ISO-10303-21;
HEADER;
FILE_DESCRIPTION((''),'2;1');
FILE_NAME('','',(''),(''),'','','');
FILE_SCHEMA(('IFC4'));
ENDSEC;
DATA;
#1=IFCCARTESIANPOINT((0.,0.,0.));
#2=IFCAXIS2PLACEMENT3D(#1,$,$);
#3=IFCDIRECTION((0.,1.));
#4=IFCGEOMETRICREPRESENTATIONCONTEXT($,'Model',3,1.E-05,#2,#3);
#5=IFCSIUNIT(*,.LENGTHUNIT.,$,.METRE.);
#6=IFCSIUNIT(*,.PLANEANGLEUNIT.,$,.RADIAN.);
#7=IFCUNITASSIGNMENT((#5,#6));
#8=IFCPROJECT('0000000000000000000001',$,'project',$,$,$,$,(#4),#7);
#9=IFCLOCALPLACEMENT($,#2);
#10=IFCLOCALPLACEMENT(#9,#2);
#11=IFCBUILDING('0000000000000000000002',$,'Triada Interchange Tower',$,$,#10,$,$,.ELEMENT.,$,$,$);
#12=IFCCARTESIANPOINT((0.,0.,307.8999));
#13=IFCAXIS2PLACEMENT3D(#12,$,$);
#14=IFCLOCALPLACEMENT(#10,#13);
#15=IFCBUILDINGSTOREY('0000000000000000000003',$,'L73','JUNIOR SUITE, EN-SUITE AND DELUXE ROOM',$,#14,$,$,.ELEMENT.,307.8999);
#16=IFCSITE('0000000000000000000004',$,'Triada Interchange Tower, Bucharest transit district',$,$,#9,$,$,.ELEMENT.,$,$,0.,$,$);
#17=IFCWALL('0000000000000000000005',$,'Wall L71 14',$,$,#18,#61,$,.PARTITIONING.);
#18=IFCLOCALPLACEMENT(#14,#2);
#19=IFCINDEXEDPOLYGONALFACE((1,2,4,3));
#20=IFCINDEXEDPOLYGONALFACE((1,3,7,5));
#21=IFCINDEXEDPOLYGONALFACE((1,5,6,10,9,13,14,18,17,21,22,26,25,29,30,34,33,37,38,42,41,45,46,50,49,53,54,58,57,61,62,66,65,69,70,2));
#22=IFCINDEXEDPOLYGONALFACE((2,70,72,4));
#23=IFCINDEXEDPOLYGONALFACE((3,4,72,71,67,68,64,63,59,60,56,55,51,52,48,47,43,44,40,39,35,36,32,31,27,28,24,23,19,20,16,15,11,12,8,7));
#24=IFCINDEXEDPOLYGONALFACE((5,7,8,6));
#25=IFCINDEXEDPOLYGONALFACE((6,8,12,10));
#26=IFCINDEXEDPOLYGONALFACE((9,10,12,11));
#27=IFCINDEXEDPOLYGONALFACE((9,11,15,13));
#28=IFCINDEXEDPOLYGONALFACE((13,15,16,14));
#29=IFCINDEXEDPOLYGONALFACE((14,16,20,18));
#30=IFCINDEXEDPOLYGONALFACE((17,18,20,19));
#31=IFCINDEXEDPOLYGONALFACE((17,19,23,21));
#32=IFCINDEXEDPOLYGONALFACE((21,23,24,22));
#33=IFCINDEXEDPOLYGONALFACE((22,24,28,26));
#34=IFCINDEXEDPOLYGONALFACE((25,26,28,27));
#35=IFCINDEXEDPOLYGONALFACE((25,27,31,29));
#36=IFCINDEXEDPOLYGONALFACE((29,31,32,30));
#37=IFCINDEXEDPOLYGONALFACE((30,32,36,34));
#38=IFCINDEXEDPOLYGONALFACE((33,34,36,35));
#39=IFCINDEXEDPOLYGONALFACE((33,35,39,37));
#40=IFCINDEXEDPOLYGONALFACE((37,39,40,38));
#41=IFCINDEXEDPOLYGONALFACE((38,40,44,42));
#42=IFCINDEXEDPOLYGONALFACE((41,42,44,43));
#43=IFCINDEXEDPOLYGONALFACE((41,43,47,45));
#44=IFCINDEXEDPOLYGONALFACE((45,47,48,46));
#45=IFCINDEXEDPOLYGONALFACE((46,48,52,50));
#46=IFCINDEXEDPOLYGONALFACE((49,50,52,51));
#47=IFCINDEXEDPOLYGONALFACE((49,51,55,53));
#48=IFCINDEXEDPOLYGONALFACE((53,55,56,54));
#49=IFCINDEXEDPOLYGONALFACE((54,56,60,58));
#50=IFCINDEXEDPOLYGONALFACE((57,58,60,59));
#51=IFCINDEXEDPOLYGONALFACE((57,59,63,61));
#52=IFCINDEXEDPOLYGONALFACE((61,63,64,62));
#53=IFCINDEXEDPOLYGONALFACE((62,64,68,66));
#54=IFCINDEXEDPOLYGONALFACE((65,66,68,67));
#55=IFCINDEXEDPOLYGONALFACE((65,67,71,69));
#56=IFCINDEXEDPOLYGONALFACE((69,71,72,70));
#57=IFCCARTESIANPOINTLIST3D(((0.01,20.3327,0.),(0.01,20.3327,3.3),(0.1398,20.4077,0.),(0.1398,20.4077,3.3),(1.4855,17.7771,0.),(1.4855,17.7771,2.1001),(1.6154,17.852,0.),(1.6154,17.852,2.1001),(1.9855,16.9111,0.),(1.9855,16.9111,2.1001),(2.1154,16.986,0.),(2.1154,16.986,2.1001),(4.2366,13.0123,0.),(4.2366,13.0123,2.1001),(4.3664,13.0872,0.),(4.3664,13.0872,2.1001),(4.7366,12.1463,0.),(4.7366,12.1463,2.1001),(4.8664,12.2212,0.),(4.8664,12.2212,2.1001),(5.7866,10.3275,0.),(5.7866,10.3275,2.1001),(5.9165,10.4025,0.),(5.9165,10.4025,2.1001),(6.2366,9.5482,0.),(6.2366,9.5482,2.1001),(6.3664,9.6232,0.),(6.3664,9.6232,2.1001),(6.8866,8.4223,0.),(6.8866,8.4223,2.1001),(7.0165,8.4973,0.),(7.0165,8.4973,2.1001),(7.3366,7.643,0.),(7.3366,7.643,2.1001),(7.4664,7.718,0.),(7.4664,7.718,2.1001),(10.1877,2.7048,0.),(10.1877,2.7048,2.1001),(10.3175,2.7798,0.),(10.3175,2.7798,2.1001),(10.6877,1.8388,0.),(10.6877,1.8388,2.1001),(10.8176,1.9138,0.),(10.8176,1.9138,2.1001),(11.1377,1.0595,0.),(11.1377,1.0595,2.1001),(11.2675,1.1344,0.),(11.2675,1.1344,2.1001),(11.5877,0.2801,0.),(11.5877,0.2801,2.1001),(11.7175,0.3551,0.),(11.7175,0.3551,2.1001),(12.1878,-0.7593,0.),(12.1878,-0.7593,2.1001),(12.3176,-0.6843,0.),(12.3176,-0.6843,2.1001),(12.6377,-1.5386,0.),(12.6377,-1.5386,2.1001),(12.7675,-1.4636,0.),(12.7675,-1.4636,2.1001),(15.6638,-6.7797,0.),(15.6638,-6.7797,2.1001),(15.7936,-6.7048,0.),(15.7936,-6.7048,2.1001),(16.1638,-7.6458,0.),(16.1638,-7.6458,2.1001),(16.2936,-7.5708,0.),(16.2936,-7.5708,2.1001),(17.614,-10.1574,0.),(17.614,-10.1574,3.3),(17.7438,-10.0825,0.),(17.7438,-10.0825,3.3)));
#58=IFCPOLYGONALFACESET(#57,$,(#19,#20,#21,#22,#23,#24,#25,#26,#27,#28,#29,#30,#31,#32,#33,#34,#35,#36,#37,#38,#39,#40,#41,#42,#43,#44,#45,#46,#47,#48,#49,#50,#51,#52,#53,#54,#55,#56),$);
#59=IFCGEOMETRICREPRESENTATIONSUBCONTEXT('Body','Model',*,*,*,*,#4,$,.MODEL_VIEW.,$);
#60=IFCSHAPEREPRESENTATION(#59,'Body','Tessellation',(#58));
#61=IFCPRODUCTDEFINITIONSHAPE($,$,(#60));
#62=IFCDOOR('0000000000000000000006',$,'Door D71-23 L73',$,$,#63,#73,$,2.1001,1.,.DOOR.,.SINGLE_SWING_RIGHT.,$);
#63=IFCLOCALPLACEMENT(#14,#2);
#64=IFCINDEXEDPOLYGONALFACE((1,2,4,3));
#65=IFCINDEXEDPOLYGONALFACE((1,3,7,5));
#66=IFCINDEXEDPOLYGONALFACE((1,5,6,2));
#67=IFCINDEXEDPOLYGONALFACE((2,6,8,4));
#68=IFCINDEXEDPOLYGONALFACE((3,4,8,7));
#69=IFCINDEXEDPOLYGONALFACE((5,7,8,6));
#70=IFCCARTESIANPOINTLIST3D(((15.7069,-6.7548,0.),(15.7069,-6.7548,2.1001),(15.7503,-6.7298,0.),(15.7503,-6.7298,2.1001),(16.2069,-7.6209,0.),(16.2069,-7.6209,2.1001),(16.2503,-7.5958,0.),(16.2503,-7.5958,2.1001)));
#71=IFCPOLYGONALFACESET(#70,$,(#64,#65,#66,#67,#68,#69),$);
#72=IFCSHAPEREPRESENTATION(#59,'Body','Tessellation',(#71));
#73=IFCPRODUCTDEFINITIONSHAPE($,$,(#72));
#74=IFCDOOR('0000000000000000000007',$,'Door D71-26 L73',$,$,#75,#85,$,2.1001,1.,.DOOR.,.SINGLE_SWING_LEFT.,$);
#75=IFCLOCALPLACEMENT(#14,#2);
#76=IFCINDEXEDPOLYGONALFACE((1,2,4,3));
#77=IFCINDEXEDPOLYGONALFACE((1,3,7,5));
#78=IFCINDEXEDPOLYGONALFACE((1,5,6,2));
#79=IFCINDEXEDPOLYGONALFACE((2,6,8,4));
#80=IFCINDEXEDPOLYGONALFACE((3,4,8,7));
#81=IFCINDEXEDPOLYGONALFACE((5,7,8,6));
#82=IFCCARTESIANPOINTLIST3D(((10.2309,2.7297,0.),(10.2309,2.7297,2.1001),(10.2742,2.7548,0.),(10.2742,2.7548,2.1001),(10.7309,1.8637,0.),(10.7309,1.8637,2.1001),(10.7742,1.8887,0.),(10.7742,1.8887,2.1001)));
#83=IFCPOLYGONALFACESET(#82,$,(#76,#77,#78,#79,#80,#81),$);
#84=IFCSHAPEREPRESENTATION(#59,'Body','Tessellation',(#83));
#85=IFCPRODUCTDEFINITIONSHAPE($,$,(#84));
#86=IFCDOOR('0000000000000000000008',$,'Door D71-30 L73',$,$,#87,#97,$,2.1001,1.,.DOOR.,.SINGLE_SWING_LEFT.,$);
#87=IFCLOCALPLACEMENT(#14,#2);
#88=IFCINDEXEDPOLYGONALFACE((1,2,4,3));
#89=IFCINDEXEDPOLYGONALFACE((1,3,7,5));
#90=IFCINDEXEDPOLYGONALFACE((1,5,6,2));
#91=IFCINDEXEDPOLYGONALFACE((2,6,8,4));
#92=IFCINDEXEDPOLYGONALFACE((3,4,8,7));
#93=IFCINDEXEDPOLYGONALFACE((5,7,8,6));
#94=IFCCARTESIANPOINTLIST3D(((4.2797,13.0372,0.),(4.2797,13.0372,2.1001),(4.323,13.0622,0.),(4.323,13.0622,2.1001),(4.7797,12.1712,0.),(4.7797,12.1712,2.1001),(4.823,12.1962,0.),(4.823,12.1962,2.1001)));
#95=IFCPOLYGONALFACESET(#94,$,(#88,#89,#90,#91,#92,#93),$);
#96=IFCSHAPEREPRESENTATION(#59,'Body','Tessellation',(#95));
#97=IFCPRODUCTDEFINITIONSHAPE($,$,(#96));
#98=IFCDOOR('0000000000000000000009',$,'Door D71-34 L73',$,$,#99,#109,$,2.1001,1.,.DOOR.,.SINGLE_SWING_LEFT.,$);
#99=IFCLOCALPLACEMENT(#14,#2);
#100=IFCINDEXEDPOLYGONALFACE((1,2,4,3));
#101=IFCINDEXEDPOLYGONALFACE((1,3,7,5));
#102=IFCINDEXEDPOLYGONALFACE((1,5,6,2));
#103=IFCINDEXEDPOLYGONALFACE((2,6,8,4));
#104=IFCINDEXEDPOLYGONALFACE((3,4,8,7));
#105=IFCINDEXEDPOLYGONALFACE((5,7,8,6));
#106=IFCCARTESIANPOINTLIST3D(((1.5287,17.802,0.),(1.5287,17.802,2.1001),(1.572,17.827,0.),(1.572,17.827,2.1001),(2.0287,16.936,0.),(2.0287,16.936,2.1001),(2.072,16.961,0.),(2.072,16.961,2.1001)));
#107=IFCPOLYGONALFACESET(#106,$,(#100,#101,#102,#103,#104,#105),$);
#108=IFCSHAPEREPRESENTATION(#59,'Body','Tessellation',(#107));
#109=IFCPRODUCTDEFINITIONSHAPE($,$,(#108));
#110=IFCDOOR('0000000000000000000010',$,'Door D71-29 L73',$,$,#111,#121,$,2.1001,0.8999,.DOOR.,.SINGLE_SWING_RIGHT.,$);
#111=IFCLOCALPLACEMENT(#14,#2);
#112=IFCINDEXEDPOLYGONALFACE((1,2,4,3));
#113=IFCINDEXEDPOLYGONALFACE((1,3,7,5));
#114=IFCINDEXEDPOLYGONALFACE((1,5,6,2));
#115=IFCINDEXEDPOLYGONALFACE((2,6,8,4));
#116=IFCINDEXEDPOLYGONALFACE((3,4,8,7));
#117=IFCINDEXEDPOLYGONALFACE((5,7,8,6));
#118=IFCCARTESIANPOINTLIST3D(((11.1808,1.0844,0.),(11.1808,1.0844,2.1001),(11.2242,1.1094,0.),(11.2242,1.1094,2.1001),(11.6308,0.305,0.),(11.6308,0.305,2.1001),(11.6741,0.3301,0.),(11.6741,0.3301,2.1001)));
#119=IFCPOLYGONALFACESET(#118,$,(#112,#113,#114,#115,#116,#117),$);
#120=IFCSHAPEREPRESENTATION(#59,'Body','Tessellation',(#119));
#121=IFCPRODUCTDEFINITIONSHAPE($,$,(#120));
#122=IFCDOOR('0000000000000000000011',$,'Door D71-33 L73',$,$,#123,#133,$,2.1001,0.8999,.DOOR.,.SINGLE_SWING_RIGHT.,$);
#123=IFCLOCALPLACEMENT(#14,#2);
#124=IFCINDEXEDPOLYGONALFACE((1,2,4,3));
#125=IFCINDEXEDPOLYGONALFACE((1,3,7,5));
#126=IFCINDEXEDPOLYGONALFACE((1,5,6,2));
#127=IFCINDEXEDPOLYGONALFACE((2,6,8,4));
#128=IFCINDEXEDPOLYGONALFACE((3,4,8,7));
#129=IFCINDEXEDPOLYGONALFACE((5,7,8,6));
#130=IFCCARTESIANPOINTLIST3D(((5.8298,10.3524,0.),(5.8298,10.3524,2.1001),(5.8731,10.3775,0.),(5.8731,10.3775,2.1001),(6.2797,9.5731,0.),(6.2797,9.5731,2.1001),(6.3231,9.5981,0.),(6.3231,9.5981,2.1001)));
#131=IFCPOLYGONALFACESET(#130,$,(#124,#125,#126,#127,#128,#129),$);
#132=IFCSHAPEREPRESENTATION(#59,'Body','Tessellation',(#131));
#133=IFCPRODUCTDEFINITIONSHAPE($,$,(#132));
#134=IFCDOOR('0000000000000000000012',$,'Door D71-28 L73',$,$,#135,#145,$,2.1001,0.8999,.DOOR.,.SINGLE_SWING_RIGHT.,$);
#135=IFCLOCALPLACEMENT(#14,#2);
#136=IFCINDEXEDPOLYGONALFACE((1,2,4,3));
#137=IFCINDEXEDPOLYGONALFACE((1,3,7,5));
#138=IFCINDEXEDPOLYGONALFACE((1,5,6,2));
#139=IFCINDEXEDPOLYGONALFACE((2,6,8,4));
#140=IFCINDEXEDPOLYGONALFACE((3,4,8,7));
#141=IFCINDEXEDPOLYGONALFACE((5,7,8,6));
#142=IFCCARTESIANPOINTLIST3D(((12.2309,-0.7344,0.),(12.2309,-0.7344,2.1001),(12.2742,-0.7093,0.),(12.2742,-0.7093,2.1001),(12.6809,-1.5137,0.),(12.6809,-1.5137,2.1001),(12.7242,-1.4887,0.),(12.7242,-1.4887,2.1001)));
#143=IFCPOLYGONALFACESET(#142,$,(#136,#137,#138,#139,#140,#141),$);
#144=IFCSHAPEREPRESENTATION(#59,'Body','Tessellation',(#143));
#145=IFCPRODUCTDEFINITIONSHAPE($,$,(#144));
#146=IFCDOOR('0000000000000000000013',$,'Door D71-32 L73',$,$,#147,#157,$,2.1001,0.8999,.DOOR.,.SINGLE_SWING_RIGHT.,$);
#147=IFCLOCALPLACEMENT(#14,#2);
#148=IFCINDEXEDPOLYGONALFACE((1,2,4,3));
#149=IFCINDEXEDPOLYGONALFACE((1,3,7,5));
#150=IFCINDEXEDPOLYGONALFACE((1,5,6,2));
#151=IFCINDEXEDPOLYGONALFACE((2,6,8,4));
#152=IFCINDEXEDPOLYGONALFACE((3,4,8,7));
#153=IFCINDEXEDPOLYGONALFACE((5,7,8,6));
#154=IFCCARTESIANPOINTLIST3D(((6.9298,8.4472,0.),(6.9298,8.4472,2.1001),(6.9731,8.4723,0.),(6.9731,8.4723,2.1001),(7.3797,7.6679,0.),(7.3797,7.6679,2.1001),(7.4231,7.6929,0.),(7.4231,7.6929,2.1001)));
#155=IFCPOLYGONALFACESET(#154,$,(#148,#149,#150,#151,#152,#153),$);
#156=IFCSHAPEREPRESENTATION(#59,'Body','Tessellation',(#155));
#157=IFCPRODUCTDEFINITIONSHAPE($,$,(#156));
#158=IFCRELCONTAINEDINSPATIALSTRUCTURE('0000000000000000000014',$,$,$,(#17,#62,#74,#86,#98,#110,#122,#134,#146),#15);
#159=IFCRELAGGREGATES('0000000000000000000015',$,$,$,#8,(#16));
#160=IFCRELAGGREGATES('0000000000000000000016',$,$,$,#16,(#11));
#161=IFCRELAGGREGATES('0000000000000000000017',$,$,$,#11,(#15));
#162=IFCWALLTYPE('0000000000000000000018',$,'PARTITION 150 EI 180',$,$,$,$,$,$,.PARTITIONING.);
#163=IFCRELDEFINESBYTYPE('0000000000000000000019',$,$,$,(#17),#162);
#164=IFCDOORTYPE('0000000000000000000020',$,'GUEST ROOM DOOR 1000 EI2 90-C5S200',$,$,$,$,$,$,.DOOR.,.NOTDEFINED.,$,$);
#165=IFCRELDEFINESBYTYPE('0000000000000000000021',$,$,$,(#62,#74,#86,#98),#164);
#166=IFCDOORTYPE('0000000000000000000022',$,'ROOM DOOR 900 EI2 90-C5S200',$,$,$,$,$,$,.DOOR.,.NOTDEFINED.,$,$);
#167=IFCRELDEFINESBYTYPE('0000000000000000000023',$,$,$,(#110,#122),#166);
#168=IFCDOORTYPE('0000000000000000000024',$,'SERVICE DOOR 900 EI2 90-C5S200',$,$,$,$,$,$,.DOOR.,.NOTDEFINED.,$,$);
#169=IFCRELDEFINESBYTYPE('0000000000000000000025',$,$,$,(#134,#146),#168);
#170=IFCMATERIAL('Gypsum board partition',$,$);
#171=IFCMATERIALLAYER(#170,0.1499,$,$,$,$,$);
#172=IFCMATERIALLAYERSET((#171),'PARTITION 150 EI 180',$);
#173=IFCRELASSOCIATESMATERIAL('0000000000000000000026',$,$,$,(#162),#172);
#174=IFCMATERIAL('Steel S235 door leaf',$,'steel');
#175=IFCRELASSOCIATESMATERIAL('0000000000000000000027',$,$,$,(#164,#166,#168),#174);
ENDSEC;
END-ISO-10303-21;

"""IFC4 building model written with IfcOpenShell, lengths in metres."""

from ifc_helpers import new_model, si_unit, direction, frame, frame_2d, origin, place, context, subcontext, project, spatial, rectangle, extrude, material, layer, layer_set, type_object, element, fill, save


model = new_model("IFC4")

# Units and contexts
model_context = context("Model", 3, precision=1e-05, world=origin(), true_north=direction((0.0, 1.0)))
body_context = subcontext(model_context, "Body", "Model", "MODEL_VIEW")
ifc_project = project(units=[si_unit("LENGTHUNIT", "METRE"), si_unit("PLANEANGLEUNIT", "RADIAN")], contexts=[model_context])

# Site, building, storey
site_placement = place(None, origin())
site = spatial("IfcSite", under=ifc_project, at=site_placement, Name="Triada Interchange Tower, Bucharest transit district", CompositionType="ELEMENT", RefElevation=0.0)
building_placement = place(site_placement, origin())
building = spatial("IfcBuilding", under=site, at=building_placement, Name="Triada Interchange Tower", CompositionType="ELEMENT")
storey_placement = place(building_placement, frame((0.0, 0.0, 307.8999)))
storey = spatial("IfcBuildingStorey", under=building, at=storey_placement, Name="L73", Description="JUNIOR SUITE, EN-SUITE AND DELUXE ROOM", CompositionType="ELEMENT", Elevation=307.8999)

# Shared definitions
ifc_material_1 = material(Name="Gypsum board partition")
ifc_layer_1 = layer(ifc_material_1, 0.1499)
ifc_layer_set_1 = layer_set([ifc_layer_1], Name="PARTITION 150 EI 180")
wall_type_1 = type_object("IfcWallType", Name="PARTITION 150 EI 180", PredefinedType="PARTITIONING", material=ifc_layer_set_1)

# Wall, openings, doors
wall_1_placement = place(storey_placement, frame((0.075, 20.3701, 0.0), z_axis=(0.0, 0.0, 1.0), x_axis=(0.50001, -0.86602, 0.0)))
wall_1 = element("IfcWall", 1, at=wall_1_placement, inside=storey, type_object=wall_type_1, Name="Wall L71 14", PredefinedType="PARTITIONING", context=body_context, shape_type="SweptSolid", body=[
    extrude(rectangle(XDim=35.2073, YDim=0.1499, at=frame_2d((17.6035, 0.0))), origin(), (0.0, 0.0, 1.0), 3.3),
])
opening_1_placement = place(wall_1_placement, frame((31.3069, 0.0, 0.0)))
opening_1 = element("IfcOpeningElement", 2, at=opening_1_placement, cuts=wall_1, PredefinedType="OPENING", context=body_context, shape_type="SweptSolid", body=[
    extrude(rectangle(XDim=1.0, YDim=2.1001, at=frame_2d((0.5, 1.05))), frame((0.0, 0.085, 0.0), z_axis=(0.0, -1.0, 0.0), x_axis=(1.0, 0.0, 0.0)), (0.0, 0.0, 1.0), 0.1699),
])
opening_2_placement = place(wall_1_placement, frame((20.355, 0.0, 0.0)))
opening_2 = element("IfcOpeningElement", 3, at=opening_2_placement, cuts=wall_1, PredefinedType="OPENING", context=body_context, shape_type="SweptSolid", body=[
    extrude(rectangle(XDim=1.0, YDim=2.1001, at=frame_2d((0.5, 1.05))), frame((0.0, 0.085, 0.0), z_axis=(0.0, -1.0, 0.0), x_axis=(1.0, 0.0, 0.0)), (0.0, 0.0, 1.0), 0.1699),
])
opening_3_placement = place(wall_1_placement, frame((24.355, 0.0, 0.0)))
opening_3 = element("IfcOpeningElement", 4, at=opening_3_placement, cuts=wall_1, PredefinedType="OPENING", context=body_context, shape_type="SweptSolid", body=[
    extrude(rectangle(XDim=0.8999, YDim=2.1001, at=frame_2d((0.45, 1.05))), frame((0.0, 0.085, 0.0), z_axis=(0.0, -1.0, 0.0), x_axis=(1.0, 0.0, 0.0)), (0.0, 0.0, 1.0), 0.1699),
])
opening_4_placement = place(wall_1_placement, frame((22.2549, 0.0, 0.0)))
opening_4 = element("IfcOpeningElement", 5, at=opening_4_placement, cuts=wall_1, PredefinedType="OPENING", context=body_context, shape_type="SweptSolid", body=[
    extrude(rectangle(XDim=0.8999, YDim=2.1001, at=frame_2d((0.45, 1.05))), frame((0.0, 0.085, 0.0), z_axis=(0.0, -1.0, 0.0), x_axis=(1.0, 0.0, 0.0)), (0.0, 0.0, 1.0), 0.1699),
])
opening_5_placement = place(wall_1_placement, frame((8.4529, 0.0, 0.0)))
opening_5 = element("IfcOpeningElement", 6, at=opening_5_placement, cuts=wall_1, PredefinedType="OPENING", context=body_context, shape_type="SweptSolid", body=[
    extrude(rectangle(XDim=1.0, YDim=2.1001, at=frame_2d((0.5, 1.05))), frame((0.0, 0.085, 0.0), z_axis=(0.0, -1.0, 0.0), x_axis=(1.0, 0.0, 0.0)), (0.0, 0.0, 1.0), 0.1699),
])
opening_6_placement = place(wall_1_placement, frame((13.7529, 0.0, 0.0)))
opening_6 = element("IfcOpeningElement", 7, at=opening_6_placement, cuts=wall_1, PredefinedType="OPENING", context=body_context, shape_type="SweptSolid", body=[
    extrude(rectangle(XDim=0.8999, YDim=2.1001, at=frame_2d((0.45, 1.05))), frame((0.0, 0.085, 0.0), z_axis=(0.0, -1.0, 0.0), x_axis=(1.0, 0.0, 0.0)), (0.0, 0.0, 1.0), 0.1699),
])
opening_7_placement = place(wall_1_placement, frame((11.553, 0.0, 0.0)))
opening_7 = element("IfcOpeningElement", 8, at=opening_7_placement, cuts=wall_1, PredefinedType="OPENING", context=body_context, shape_type="SweptSolid", body=[
    extrude(rectangle(XDim=0.8999, YDim=2.1001, at=frame_2d((0.45, 1.05))), frame((0.0, 0.085, 0.0), z_axis=(0.0, -1.0, 0.0), x_axis=(1.0, 0.0, 0.0)), (0.0, 0.0, 1.0), 0.1699),
])
opening_8_placement = place(wall_1_placement, frame((2.9509, 0.0, 0.0)))
opening_8 = element("IfcOpeningElement", 9, at=opening_8_placement, cuts=wall_1, PredefinedType="OPENING", context=body_context, shape_type="SweptSolid", body=[
    extrude(rectangle(XDim=1.0, YDim=2.1001, at=frame_2d((0.5, 1.05))), frame((0.0, 0.085, 0.0), z_axis=(0.0, -1.0, 0.0), x_axis=(1.0, 0.0, 0.0)), (0.0, 0.0, 1.0), 0.1699),
])
ifc_material_2 = material(Name="Steel S235 door leaf", Category="steel")
door_type_1 = type_object("IfcDoorType", Name="GUEST ROOM DOOR 1000 EI2 90-C5S200", OperationType="NOTDEFINED", PredefinedType="DOOR", material=ifc_material_2)
door_1_placement = place(opening_1_placement, origin())
door_1 = element("IfcDoor", 10, at=door_1_placement, inside=storey, type_object=door_type_1, Name="Door D71-23 L73", OperationType="SINGLE_SWING_RIGHT", OverallHeight=2.1001, OverallWidth=1.0, PredefinedType="DOOR", context=body_context, shape_type="SweptSolid", body=[
    extrude(rectangle(XDim=1.0, YDim=2.1001, at=frame_2d((0.5, 1.05))), frame((0.0, 0.0249, 0.0), z_axis=(0.0, -1.0, 0.0), x_axis=(1.0, 0.0, 0.0)), (0.0, 0.0, 1.0), 0.05),
])
fill(opening_1, door_1)
door_2_placement = place(opening_2_placement, origin())
door_2 = element("IfcDoor", 11, at=door_2_placement, inside=storey, type_object=door_type_1, Name="Door D71-26 L73", OperationType="SINGLE_SWING_LEFT", OverallHeight=2.1001, OverallWidth=1.0, PredefinedType="DOOR", context=body_context, shape_type="SweptSolid", body=[
    extrude(rectangle(XDim=1.0, YDim=2.1001, at=frame_2d((0.5, 1.05))), frame((0.0, 0.0249, 0.0), z_axis=(0.0, -1.0, 0.0), x_axis=(1.0, 0.0, 0.0)), (0.0, 0.0, 1.0), 0.05),
])
fill(opening_2, door_2)
door_3_placement = place(opening_5_placement, origin())
door_3 = element("IfcDoor", 12, at=door_3_placement, inside=storey, type_object=door_type_1, Name="Door D71-30 L73", OperationType="SINGLE_SWING_LEFT", OverallHeight=2.1001, OverallWidth=1.0, PredefinedType="DOOR", context=body_context, shape_type="SweptSolid", body=[
    extrude(rectangle(XDim=1.0, YDim=2.1001, at=frame_2d((0.5, 1.05))), frame((0.0, 0.0249, 0.0), z_axis=(0.0, -1.0, 0.0), x_axis=(1.0, 0.0, 0.0)), (0.0, 0.0, 1.0), 0.05),
])
fill(opening_5, door_3)
door_4_placement = place(opening_8_placement, origin())
door_4 = element("IfcDoor", 13, at=door_4_placement, inside=storey, type_object=door_type_1, Name="Door D71-34 L73", OperationType="SINGLE_SWING_LEFT", OverallHeight=2.1001, OverallWidth=1.0, PredefinedType="DOOR", context=body_context, shape_type="SweptSolid", body=[
    extrude(rectangle(XDim=1.0, YDim=2.1001, at=frame_2d((0.5, 1.05))), frame((0.0, 0.0249, 0.0), z_axis=(0.0, -1.0, 0.0), x_axis=(1.0, 0.0, 0.0)), (0.0, 0.0, 1.0), 0.05),
])
fill(opening_8, door_4)
door_type_2 = type_object("IfcDoorType", Name="ROOM DOOR 900 EI2 90-C5S200", OperationType="NOTDEFINED", PredefinedType="DOOR", material=ifc_material_2)
door_5_placement = place(opening_4_placement, origin())
door_5 = element("IfcDoor", 14, at=door_5_placement, inside=storey, type_object=door_type_2, Name="Door D71-29 L73", OperationType="SINGLE_SWING_RIGHT", OverallHeight=2.1001, OverallWidth=0.8999, PredefinedType="DOOR", context=body_context, shape_type="SweptSolid", body=[
    extrude(rectangle(XDim=0.8999, YDim=2.1001, at=frame_2d((0.45, 1.05))), frame((0.0, 0.0249, 0.0), z_axis=(0.0, -1.0, 0.0), x_axis=(1.0, 0.0, 0.0)), (0.0, 0.0, 1.0), 0.05),
])
fill(opening_4, door_5)
door_6_placement = place(opening_7_placement, origin())
door_6 = element("IfcDoor", 15, at=door_6_placement, inside=storey, type_object=door_type_2, Name="Door D71-33 L73", OperationType="SINGLE_SWING_RIGHT", OverallHeight=2.1001, OverallWidth=0.8999, PredefinedType="DOOR", context=body_context, shape_type="SweptSolid", body=[
    extrude(rectangle(XDim=0.8999, YDim=2.1001, at=frame_2d((0.45, 1.05))), frame((0.0, 0.0249, 0.0), z_axis=(0.0, -1.0, 0.0), x_axis=(1.0, 0.0, 0.0)), (0.0, 0.0, 1.0), 0.05),
])
fill(opening_7, door_6)
door_type_3 = type_object("IfcDoorType", Name="SERVICE DOOR 900 EI2 90-C5S200", OperationType="NOTDEFINED", PredefinedType="DOOR", material=ifc_material_2)
door_7_placement = place(opening_3_placement, origin())
door_7 = element("IfcDoor", 16, at=door_7_placement, inside=storey, type_object=door_type_3, Name="Door D71-28 L73", OperationType="SINGLE_SWING_RIGHT", OverallHeight=2.1001, OverallWidth=0.8999, PredefinedType="DOOR", context=body_context, shape_type="SweptSolid", body=[
    extrude(rectangle(XDim=0.8999, YDim=2.1001, at=frame_2d((0.45, 1.05))), frame((0.0, 0.0249, 0.0), z_axis=(0.0, -1.0, 0.0), x_axis=(1.0, 0.0, 0.0)), (0.0, 0.0, 1.0), 0.05),
])
fill(opening_3, door_7)
door_8_placement = place(opening_6_placement, origin())
door_8 = element("IfcDoor", 17, at=door_8_placement, inside=storey, type_object=door_type_3, Name="Door D71-32 L73", OperationType="SINGLE_SWING_RIGHT", OverallHeight=2.1001, OverallWidth=0.8999, PredefinedType="DOOR", context=body_context, shape_type="SweptSolid", body=[
    extrude(rectangle(XDim=0.8999, YDim=2.1001, at=frame_2d((0.45, 1.05))), frame((0.0, 0.0249, 0.0), z_axis=(0.0, -1.0, 0.0), x_axis=(1.0, 0.0, 0.0)), (0.0, 0.0, 1.0), 0.05),
])
fill(opening_6, door_8)

save(model, "model.ifc")
